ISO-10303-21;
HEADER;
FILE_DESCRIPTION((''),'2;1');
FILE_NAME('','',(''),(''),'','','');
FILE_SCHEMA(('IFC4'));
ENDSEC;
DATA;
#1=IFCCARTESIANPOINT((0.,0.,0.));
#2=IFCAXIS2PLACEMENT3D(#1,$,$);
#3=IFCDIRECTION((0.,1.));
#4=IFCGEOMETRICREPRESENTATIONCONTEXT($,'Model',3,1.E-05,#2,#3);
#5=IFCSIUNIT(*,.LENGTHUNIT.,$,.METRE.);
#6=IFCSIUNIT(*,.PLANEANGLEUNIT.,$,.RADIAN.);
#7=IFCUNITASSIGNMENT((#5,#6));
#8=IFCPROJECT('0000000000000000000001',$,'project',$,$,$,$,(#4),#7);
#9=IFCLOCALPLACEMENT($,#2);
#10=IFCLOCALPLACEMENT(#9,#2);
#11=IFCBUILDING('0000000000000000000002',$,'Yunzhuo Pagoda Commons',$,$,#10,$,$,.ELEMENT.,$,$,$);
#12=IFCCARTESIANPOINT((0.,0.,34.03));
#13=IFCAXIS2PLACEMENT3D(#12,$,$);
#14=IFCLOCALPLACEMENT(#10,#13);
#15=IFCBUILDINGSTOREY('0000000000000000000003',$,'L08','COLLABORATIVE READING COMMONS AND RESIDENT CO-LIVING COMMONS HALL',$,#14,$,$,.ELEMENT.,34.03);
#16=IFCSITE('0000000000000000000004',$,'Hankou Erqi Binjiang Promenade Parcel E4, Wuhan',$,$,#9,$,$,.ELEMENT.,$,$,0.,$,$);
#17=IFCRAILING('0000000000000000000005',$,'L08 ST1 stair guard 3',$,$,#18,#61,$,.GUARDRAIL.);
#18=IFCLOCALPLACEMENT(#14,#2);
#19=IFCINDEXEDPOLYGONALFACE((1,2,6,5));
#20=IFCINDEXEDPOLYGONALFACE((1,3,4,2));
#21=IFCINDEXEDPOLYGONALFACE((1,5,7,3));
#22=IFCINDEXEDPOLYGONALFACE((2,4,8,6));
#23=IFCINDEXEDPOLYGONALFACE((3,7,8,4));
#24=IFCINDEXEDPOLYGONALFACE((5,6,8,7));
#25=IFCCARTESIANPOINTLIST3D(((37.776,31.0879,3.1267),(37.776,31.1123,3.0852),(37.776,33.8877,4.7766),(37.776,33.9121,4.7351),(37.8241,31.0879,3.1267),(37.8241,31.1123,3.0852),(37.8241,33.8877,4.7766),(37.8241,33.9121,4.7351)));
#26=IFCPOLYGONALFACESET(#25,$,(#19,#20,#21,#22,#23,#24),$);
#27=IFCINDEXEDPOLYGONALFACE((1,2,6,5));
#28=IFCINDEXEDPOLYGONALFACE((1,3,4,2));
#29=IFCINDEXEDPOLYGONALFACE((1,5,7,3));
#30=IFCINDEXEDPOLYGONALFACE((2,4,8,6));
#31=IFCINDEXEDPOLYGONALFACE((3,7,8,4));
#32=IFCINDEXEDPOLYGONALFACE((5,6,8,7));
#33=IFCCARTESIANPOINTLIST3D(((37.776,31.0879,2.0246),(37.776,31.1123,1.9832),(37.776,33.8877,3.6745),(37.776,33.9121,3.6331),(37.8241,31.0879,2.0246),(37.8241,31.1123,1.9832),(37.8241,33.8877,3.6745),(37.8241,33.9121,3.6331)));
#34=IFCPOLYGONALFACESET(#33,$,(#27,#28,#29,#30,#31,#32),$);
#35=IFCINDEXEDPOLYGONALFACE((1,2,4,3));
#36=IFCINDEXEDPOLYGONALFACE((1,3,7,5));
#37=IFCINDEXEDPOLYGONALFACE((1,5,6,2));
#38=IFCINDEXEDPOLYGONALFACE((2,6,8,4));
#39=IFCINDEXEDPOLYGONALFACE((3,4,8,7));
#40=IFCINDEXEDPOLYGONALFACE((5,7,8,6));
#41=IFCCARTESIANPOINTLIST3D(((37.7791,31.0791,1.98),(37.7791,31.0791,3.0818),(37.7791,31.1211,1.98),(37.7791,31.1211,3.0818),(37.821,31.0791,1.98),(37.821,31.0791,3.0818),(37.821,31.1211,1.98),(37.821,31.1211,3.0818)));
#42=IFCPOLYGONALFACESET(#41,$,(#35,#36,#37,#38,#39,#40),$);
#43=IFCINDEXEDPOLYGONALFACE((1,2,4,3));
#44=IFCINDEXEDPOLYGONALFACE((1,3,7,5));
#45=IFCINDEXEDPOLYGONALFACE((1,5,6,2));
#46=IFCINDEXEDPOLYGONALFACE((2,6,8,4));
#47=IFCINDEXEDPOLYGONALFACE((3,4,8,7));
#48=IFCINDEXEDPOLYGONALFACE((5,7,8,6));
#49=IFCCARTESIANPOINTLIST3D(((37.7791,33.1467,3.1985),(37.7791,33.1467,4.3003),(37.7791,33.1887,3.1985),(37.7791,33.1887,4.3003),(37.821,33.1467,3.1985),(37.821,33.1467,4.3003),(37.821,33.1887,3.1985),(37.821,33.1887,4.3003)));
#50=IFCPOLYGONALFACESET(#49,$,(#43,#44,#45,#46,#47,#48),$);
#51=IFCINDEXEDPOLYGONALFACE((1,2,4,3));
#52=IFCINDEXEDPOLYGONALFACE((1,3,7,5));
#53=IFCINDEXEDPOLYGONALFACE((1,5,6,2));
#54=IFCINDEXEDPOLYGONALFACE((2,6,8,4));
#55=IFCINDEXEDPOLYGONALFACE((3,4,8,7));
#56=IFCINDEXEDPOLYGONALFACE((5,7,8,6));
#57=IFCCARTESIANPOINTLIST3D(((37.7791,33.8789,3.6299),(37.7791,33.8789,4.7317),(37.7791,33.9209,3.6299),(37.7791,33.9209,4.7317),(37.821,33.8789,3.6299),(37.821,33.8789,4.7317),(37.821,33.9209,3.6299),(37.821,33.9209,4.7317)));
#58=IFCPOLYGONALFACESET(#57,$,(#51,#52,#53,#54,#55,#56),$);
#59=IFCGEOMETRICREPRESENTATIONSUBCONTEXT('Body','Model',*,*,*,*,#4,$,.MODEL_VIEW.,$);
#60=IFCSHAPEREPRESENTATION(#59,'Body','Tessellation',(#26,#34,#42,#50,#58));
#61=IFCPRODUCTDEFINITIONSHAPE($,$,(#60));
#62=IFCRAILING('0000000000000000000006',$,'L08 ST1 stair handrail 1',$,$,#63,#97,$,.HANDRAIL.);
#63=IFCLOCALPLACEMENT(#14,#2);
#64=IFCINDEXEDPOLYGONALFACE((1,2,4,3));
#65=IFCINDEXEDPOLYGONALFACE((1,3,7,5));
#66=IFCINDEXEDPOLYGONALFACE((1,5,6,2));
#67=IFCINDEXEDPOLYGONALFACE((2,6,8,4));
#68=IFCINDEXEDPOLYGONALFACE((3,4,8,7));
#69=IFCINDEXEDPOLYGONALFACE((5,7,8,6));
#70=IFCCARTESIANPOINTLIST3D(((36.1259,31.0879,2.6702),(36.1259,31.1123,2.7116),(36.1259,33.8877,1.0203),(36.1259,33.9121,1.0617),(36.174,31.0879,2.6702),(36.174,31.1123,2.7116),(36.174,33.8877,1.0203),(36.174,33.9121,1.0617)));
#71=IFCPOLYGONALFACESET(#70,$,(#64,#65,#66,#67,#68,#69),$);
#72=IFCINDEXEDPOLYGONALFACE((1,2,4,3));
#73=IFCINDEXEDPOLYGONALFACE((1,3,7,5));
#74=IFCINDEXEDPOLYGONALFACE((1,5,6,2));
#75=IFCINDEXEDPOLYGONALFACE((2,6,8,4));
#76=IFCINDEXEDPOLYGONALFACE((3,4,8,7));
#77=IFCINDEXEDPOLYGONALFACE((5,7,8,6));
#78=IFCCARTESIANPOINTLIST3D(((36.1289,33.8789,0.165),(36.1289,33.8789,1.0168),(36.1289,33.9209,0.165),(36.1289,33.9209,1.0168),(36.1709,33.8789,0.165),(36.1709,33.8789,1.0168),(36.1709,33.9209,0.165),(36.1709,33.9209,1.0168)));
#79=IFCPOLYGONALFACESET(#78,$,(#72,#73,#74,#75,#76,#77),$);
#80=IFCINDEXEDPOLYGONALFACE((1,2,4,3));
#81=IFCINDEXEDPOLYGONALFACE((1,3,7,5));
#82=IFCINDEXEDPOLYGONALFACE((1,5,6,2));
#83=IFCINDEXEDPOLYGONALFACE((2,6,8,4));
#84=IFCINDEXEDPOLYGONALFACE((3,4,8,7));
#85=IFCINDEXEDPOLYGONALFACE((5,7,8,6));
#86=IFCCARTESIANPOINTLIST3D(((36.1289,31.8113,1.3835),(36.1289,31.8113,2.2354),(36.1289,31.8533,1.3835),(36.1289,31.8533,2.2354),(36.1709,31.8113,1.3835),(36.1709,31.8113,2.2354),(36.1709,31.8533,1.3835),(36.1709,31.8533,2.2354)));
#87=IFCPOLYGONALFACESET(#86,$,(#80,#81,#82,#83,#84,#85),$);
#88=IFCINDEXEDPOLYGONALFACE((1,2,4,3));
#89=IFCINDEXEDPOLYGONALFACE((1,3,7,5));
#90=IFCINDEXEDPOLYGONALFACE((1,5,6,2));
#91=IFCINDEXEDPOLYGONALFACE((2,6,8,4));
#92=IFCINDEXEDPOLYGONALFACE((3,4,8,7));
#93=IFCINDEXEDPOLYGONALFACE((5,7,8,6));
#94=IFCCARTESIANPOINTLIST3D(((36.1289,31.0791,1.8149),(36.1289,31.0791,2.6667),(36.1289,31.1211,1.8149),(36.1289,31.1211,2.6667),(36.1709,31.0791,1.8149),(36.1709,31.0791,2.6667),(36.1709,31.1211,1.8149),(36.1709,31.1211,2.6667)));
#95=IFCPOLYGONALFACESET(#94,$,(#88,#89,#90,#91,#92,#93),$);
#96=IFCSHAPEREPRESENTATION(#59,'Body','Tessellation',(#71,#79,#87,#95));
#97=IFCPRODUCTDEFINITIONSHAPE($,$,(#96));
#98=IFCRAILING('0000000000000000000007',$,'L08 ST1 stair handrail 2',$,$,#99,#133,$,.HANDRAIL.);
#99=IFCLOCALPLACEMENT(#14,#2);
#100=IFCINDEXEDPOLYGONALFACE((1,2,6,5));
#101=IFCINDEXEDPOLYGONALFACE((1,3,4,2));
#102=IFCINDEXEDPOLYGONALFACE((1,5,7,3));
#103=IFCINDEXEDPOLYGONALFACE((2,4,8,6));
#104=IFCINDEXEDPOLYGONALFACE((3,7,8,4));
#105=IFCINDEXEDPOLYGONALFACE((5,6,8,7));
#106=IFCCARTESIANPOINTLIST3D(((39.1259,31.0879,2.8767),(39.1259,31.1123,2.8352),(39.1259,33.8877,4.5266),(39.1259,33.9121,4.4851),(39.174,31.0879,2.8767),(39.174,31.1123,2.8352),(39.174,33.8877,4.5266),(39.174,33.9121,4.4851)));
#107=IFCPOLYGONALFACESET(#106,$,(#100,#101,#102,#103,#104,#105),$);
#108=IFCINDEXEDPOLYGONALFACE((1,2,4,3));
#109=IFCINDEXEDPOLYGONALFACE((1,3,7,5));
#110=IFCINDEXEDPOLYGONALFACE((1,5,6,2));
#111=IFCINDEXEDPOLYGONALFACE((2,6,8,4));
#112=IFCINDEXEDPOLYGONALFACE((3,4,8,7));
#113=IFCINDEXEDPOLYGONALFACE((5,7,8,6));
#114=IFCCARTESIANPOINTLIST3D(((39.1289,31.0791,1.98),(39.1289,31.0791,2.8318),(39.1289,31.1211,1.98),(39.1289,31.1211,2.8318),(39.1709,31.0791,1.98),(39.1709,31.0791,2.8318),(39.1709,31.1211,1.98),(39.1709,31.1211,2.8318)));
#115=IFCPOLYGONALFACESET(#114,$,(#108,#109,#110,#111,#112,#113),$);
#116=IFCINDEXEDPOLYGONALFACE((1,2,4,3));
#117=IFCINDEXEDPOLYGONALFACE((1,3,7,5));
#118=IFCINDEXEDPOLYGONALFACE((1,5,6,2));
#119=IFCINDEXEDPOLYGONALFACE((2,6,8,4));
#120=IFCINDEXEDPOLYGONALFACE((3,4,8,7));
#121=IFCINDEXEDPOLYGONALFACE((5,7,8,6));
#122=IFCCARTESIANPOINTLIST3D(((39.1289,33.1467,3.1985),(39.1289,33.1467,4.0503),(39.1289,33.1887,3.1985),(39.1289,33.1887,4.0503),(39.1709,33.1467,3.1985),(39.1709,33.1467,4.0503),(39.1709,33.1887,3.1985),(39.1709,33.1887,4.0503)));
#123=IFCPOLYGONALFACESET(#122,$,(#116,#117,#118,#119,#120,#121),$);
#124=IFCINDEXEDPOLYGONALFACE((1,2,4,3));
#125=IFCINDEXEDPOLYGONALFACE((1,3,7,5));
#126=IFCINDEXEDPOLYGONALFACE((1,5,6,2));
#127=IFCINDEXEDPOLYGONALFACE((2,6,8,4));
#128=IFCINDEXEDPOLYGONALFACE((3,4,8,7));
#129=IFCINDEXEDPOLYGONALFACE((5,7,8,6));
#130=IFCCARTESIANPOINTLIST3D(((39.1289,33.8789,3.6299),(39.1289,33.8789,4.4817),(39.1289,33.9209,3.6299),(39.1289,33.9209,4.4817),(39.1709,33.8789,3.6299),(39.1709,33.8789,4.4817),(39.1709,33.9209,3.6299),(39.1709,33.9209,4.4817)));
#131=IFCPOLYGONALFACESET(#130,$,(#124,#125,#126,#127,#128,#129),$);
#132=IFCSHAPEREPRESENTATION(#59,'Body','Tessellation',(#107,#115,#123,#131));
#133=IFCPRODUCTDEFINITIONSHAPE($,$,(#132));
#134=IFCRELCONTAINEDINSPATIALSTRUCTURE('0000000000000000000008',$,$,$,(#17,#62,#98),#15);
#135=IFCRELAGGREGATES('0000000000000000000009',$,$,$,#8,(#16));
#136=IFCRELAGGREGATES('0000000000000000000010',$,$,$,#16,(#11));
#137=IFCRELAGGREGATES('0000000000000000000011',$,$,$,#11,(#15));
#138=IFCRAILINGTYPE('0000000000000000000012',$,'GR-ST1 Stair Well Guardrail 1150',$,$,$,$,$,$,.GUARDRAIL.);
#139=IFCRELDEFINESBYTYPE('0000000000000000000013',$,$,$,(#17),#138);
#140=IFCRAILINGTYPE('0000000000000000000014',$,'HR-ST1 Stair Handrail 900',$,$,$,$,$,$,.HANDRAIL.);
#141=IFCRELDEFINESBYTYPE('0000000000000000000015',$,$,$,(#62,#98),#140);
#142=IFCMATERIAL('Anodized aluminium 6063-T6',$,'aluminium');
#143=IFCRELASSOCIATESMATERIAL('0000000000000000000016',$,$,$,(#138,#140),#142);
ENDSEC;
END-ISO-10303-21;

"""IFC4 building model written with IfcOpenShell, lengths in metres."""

from ifc_helpers import new_model, si_unit, direction, frame, origin, origin_2d, place, context, subcontext, project, spatial, rectangle, extrude, material, type_object, element, save


model = new_model("IFC4")

# Units and contexts
model_context = context("Model", 3, precision=1e-05, world=origin(), true_north=direction((0.0, 1.0)))
body_context = subcontext(model_context, "Body", "Model", "MODEL_VIEW")
ifc_project = project(units=[si_unit("LENGTHUNIT", "METRE"), si_unit("PLANEANGLEUNIT", "RADIAN")], contexts=[model_context])

# Site, building, storey
site_placement = place(None, origin())
site = spatial("IfcSite", under=ifc_project, at=site_placement, Name="Hankou Erqi Binjiang Promenade Parcel E4, Wuhan", CompositionType="ELEMENT", RefElevation=0.0)
building_placement = place(site_placement, origin())
building = spatial("IfcBuilding", under=site, at=building_placement, Name="Yunzhuo Pagoda Commons", CompositionType="ELEMENT")
storey_placement = place(building_placement, frame((0.0, 0.0, 34.03)))
storey = spatial("IfcBuildingStorey", under=building, at=storey_placement, Name="L08", Description="COLLABORATIVE READING COMMONS AND RESIDENT CO-LIVING COMMONS HALL", CompositionType="ELEMENT", Elevation=34.03)

# Railings
ifc_material_1 = material(Name="Anodized aluminium 6063-T6", Category="aluminium")
railing_type_1 = type_object("IfcRailingType", Name="GR-ST1 Stair Well Guardrail 1150", PredefinedType="GUARDRAIL", material=ifc_material_1)
railing_1_placement = place(storey_placement, frame((37.8, 31.1001, 1.98)))
element("IfcRailing", 1, at=railing_1_placement, inside=storey, type_object=railing_type_1, Name="L08 ST1 stair guard 3", PredefinedType="GUARDRAIL", context=body_context, shape_type="SweptSolid", body=[
    extrude(rectangle(XDim=0.0481, YDim=0.0481, at=origin_2d()), frame((0.0, 0.0, 1.126), z_axis=(0.0, 0.861536, 0.507696), x_axis=(-1.0, 0.0, 0.0)), (0.0, 0.0, 1.0), 3.2498),
    extrude(rectangle(XDim=0.0481, YDim=0.0481, at=origin_2d()), frame((0.0, 0.0, 0.0239), z_axis=(0.0, 0.861536, 0.507696), x_axis=(-1.0, 0.0, 0.0)), (0.0, 0.0, 1.0), 3.2498),
    extrude(rectangle(XDim=0.042, YDim=0.042, at=origin_2d()), origin(), (0.0, 0.0, 1.0), 1.1018),
    extrude(rectangle(XDim=0.042, YDim=0.042, at=origin_2d()), frame((0.0, 2.0676, 1.2185)), (0.0, 0.0, 1.0), 1.1018),
    extrude(rectangle(XDim=0.042, YDim=0.042, at=origin_2d()), frame((0.0, 2.7998, 1.6499)), (0.0, 0.0, 1.0), 1.1018),
])
railing_type_2 = type_object("IfcRailingType", Name="HR-ST1 Stair Handrail 900", PredefinedType="HANDRAIL", material=ifc_material_1)
railing_2_placement = place(storey_placement, frame((36.1499, 33.8999, 0.165)))
element("IfcRailing", 2, at=railing_2_placement, inside=storey, type_object=railing_type_2, Name="L08 ST1 stair handrail 1", PredefinedType="HANDRAIL", context=body_context, shape_type="SweptSolid", body=[
    extrude(rectangle(XDim=0.0481, YDim=0.0481, at=origin_2d()), frame((0.0, 0.0, 0.876), z_axis=(0.0, -0.861536, 0.507696), x_axis=(1.0, 0.0, 0.0)), (0.0, 0.0, 1.0), 3.2498),
    extrude(rectangle(XDim=0.042, YDim=0.042, at=origin_2d()), origin(), (0.0, 0.0, 1.0), 0.8518),
    extrude(rectangle(XDim=0.042, YDim=0.042, at=origin_2d()), frame((0.0, -2.0676, 1.2185)), (0.0, 0.0, 1.0), 0.8518),
    extrude(rectangle(XDim=0.042, YDim=0.042, at=origin_2d()), frame((0.0, -2.7998, 1.6499)), (0.0, 0.0, 1.0), 0.8518),
])
railing_3_placement = place(storey_placement, frame((39.1499, 31.1001, 1.98)))
element("IfcRailing", 3, at=railing_3_placement, inside=storey, type_object=railing_type_2, Name="L08 ST1 stair handrail 2", PredefinedType="HANDRAIL", context=body_context, shape_type="SweptSolid", body=[
    extrude(rectangle(XDim=0.0481, YDim=0.0481, at=origin_2d()), frame((0.0, 0.0, 0.876), z_axis=(0.0, 0.861536, 0.507696), x_axis=(-1.0, 0.0, 0.0)), (0.0, 0.0, 1.0), 3.2498),
    extrude(rectangle(XDim=0.042, YDim=0.042, at=origin_2d()), origin(), (0.0, 0.0, 1.0), 0.8518),
    extrude(rectangle(XDim=0.042, YDim=0.042, at=origin_2d()), frame((0.0, 2.0676, 1.2185)), (0.0, 0.0, 1.0), 0.8518),
    extrude(rectangle(XDim=0.042, YDim=0.042, at=origin_2d()), frame((0.0, 2.7998, 1.6499)), (0.0, 0.0, 1.0), 0.8518),
])

save(model, "model.ifc")
